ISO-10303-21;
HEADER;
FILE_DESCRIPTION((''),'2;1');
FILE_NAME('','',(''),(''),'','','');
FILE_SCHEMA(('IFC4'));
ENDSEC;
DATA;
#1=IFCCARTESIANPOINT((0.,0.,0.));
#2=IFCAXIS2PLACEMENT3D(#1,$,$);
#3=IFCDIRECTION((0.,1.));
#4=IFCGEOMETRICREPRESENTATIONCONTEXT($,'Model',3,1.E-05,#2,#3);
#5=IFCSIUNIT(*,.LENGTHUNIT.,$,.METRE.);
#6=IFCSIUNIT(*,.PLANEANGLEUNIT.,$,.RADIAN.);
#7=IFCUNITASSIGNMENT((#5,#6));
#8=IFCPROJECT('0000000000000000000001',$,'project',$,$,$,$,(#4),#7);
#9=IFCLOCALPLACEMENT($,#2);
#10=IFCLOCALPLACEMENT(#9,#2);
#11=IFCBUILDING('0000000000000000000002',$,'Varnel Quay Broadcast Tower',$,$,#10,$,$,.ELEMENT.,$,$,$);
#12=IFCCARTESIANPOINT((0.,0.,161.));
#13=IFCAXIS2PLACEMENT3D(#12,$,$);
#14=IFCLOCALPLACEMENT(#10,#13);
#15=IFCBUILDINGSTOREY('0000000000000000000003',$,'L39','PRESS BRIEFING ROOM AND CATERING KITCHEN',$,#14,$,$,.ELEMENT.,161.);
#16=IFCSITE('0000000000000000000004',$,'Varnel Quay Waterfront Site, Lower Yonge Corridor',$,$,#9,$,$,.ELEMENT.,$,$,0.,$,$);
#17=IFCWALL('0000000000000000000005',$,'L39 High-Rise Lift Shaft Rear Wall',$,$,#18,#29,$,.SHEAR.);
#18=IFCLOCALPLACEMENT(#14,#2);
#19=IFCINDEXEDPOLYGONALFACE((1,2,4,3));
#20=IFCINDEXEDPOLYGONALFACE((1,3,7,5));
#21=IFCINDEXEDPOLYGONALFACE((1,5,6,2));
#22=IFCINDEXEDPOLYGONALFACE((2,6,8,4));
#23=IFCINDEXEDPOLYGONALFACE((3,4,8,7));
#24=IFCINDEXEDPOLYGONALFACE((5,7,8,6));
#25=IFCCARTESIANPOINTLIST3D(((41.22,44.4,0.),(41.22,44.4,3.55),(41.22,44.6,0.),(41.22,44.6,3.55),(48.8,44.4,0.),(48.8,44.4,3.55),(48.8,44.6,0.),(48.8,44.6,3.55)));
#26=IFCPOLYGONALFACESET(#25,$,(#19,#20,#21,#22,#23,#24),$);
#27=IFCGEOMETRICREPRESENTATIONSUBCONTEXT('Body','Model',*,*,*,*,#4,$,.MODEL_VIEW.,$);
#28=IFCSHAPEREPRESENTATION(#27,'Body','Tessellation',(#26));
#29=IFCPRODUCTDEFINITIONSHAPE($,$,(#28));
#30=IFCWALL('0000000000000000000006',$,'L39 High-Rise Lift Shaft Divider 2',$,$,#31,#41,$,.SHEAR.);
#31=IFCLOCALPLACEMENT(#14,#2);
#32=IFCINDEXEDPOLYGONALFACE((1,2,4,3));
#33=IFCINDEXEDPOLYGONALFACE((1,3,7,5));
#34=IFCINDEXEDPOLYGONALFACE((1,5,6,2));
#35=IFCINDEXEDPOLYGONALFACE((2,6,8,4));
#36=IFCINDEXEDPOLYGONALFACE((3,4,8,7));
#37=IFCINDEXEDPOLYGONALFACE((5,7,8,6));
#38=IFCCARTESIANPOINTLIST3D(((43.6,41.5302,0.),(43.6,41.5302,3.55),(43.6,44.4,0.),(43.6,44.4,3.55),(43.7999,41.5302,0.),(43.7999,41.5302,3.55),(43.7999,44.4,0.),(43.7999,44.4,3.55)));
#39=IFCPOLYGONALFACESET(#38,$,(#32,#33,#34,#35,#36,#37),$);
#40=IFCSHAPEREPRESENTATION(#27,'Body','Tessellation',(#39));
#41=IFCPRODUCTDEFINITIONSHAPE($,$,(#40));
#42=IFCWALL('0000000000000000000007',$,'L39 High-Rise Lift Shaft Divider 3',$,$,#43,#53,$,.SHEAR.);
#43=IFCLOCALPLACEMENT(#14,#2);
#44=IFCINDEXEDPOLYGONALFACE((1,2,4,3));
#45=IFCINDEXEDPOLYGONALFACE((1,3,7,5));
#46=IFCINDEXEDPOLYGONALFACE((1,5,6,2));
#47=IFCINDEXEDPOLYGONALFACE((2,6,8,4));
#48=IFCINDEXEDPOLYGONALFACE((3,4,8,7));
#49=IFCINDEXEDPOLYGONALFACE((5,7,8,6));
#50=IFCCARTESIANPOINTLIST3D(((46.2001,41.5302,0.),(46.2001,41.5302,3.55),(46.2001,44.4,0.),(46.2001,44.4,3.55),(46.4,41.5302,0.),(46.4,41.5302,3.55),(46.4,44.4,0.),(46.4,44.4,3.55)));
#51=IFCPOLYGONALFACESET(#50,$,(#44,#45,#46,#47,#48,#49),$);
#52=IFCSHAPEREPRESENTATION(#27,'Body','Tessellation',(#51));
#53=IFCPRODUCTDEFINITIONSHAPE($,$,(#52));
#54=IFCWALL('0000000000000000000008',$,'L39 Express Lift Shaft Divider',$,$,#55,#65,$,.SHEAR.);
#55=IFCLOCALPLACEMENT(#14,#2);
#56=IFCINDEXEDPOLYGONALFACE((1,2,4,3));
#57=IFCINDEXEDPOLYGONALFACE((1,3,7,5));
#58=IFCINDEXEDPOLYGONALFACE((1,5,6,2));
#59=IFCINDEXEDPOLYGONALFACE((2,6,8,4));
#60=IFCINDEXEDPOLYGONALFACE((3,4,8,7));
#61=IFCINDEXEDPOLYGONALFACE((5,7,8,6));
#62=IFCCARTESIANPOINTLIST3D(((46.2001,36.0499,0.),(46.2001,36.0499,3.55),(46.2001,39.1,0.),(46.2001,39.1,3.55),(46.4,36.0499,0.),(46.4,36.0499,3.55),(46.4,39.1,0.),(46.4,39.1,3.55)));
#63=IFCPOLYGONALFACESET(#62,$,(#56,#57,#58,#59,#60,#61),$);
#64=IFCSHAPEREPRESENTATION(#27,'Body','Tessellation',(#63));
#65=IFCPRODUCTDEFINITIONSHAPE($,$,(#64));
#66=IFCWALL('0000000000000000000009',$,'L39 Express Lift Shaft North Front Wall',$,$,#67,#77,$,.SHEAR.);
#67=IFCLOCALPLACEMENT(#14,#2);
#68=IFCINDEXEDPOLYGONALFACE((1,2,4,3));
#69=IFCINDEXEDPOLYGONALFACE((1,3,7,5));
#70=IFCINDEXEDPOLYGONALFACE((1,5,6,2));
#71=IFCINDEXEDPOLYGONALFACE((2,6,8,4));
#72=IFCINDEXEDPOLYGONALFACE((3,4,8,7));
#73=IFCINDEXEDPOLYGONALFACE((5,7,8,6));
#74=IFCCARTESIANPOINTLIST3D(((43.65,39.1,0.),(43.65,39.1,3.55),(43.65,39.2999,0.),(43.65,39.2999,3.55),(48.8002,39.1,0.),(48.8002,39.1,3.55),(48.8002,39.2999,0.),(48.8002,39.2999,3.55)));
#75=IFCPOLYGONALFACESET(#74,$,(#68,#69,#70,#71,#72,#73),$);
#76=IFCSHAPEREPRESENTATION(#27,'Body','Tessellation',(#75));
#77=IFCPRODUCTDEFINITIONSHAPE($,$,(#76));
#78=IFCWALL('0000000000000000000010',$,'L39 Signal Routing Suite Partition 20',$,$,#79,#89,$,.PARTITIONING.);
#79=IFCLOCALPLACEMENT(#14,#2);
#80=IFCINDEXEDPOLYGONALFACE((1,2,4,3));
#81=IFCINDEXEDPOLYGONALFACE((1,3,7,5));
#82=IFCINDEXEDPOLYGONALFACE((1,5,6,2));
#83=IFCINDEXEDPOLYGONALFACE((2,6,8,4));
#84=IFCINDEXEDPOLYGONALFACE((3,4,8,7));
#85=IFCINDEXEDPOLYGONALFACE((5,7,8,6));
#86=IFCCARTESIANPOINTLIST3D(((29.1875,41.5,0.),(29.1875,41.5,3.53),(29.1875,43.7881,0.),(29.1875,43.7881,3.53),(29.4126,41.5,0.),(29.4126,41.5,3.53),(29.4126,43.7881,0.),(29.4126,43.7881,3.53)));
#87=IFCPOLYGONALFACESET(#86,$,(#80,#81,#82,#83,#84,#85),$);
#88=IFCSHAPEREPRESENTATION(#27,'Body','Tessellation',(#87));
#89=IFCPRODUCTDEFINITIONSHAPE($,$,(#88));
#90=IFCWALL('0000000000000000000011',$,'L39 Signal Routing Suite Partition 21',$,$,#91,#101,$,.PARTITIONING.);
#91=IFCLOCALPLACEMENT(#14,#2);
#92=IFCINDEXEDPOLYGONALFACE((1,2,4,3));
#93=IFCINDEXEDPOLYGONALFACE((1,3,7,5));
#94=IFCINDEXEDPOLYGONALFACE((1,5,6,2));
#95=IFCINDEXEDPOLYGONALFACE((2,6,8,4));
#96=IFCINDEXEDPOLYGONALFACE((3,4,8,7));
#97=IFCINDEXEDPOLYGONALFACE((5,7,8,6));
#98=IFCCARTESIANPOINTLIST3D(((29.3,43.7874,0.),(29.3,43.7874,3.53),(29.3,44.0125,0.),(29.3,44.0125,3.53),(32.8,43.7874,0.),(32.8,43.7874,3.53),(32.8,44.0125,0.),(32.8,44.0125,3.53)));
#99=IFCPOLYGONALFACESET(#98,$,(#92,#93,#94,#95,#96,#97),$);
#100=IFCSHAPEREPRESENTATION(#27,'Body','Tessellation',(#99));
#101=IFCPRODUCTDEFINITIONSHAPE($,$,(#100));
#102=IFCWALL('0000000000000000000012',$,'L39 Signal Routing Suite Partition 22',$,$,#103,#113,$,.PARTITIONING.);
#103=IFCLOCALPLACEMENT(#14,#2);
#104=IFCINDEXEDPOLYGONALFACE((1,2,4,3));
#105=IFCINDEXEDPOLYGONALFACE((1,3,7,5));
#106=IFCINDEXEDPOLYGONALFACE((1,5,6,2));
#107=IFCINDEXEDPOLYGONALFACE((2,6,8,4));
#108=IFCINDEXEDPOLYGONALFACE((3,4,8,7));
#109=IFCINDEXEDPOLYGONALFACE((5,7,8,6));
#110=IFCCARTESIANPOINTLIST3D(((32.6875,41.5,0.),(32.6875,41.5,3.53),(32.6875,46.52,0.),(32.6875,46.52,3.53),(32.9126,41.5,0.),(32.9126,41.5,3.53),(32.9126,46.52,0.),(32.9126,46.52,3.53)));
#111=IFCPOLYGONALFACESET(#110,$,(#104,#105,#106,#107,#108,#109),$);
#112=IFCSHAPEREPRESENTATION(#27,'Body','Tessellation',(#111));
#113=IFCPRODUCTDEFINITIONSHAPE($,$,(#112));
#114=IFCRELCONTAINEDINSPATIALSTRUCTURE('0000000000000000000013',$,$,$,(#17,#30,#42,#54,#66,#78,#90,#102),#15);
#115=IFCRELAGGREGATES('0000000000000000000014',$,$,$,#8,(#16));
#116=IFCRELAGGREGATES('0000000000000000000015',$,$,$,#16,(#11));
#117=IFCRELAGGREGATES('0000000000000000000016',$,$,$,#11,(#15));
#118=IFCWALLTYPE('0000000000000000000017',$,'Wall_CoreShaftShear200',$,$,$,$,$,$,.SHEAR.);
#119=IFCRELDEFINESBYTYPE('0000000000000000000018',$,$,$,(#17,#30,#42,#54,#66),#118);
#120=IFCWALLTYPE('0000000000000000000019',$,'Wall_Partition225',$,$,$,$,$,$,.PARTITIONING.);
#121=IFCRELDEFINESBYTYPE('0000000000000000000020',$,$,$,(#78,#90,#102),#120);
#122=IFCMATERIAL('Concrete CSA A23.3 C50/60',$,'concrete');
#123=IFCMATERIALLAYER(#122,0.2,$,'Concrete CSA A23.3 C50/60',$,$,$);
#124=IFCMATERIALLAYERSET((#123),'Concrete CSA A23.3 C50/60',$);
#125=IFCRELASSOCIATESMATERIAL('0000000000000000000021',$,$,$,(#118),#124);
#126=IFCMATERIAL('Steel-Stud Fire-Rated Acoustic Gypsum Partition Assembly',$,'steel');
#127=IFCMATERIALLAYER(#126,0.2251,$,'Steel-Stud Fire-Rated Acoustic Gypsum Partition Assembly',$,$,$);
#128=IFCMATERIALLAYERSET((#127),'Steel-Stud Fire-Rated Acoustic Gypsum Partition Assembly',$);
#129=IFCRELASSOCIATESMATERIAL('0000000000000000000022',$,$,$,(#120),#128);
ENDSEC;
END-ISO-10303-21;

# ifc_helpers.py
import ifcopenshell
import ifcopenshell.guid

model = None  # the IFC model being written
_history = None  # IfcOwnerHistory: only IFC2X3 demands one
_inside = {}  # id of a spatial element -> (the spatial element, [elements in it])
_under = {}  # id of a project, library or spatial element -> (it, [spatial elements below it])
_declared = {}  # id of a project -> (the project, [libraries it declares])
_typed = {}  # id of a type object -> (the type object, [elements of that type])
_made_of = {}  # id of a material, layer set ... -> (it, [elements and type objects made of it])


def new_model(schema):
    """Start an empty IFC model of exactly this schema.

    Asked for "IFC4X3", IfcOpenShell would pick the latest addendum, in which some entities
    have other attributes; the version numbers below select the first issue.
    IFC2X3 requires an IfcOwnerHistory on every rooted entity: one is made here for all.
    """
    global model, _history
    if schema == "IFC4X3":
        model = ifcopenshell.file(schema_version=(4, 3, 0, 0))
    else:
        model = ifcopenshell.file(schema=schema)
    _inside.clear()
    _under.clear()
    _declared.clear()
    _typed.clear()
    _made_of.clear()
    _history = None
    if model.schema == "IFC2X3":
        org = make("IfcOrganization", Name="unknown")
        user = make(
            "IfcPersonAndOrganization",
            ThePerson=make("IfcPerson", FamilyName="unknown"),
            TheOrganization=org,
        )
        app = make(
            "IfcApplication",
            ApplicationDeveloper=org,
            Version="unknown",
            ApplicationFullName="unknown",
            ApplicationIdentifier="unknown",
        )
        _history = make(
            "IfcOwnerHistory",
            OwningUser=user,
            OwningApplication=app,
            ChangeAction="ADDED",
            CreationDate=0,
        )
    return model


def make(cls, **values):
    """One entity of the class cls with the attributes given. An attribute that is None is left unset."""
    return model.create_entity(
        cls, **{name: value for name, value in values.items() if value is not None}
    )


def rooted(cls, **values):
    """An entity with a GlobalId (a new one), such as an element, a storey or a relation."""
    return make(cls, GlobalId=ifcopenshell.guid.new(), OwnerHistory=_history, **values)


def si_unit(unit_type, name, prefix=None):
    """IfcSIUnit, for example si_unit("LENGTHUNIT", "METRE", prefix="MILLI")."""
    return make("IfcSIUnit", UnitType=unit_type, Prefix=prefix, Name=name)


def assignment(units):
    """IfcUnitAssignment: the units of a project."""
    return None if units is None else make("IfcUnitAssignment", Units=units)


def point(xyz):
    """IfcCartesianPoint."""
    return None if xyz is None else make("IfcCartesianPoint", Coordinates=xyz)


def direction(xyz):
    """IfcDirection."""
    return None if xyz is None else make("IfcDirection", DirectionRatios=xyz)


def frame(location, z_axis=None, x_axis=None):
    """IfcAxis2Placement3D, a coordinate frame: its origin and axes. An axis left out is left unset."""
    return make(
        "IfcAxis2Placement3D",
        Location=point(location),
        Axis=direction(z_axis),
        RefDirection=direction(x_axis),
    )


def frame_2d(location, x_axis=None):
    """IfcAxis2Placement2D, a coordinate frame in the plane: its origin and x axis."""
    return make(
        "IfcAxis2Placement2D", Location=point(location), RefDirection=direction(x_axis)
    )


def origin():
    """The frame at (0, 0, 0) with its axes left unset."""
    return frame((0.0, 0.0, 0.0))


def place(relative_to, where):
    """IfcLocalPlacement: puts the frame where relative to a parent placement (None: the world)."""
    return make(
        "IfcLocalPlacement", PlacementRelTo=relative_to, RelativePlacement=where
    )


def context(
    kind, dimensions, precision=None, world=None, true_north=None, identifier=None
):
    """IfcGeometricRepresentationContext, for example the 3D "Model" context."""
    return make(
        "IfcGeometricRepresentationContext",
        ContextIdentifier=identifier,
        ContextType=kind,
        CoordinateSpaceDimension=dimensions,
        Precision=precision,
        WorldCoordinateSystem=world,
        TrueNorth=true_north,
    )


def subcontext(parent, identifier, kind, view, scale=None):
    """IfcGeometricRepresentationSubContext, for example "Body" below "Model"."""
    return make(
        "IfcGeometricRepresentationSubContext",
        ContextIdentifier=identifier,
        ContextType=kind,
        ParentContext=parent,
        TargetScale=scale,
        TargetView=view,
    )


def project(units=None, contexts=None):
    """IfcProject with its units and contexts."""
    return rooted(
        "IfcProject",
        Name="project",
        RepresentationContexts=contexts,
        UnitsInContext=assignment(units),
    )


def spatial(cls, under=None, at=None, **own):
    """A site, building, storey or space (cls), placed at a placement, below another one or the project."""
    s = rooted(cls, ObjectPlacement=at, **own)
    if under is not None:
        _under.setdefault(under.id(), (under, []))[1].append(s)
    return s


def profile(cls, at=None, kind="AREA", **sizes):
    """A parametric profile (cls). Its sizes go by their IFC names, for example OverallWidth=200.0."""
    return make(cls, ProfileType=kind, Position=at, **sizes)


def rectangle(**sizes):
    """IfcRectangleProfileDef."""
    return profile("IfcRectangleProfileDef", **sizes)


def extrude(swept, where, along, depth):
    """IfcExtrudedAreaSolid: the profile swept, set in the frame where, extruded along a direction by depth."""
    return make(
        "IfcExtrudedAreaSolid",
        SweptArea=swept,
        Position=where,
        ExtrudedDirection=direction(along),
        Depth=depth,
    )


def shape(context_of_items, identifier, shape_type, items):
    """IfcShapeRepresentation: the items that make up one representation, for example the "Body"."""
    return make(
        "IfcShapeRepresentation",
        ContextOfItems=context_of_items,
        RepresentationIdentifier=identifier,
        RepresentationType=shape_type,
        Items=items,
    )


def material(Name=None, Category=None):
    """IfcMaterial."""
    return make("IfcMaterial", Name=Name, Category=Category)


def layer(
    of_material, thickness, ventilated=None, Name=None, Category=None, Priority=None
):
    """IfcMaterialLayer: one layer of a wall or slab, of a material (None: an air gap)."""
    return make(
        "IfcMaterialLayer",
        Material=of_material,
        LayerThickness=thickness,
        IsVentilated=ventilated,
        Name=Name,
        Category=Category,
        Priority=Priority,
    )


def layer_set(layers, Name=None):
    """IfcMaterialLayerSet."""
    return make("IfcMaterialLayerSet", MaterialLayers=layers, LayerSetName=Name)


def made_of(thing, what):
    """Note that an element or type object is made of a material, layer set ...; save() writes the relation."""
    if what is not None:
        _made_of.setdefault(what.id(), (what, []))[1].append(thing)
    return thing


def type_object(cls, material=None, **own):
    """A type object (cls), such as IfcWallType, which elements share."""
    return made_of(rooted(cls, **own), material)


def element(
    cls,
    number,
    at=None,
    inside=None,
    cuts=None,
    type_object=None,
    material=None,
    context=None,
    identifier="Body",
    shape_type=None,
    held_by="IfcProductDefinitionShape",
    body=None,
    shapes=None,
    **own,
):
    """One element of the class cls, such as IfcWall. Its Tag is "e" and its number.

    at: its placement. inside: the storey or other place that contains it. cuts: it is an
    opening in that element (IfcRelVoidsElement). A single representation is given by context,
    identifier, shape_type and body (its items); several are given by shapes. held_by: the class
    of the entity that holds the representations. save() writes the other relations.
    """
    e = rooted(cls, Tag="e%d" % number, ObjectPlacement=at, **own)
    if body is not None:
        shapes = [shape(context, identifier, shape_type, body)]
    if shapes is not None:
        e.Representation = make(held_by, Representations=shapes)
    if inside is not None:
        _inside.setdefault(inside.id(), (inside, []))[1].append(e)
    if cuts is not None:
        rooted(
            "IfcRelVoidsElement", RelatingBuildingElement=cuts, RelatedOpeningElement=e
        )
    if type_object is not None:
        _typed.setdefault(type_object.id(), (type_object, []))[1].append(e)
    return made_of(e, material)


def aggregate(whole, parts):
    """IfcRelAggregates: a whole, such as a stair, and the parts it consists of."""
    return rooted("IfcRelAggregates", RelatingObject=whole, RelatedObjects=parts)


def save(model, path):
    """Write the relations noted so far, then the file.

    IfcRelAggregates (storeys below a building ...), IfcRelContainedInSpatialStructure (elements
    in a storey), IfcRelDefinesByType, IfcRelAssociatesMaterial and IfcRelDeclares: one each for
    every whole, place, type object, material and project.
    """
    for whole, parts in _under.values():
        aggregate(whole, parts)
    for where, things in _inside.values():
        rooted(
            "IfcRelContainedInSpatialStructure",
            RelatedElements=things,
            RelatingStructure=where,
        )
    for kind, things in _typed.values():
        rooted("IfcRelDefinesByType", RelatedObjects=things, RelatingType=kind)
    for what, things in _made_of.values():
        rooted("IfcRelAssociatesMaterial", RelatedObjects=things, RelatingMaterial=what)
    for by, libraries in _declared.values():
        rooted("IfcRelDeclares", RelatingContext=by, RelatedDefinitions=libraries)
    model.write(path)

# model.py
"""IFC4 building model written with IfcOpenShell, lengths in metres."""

from ifc_helpers import new_model, si_unit, direction, frame, frame_2d, origin, place, context, subcontext, project, spatial, rectangle, extrude, material, layer, layer_set, type_object, element, save


model = new_model("IFC4")

# Units and contexts
model_context = context("Model", 3, precision=1e-05, world=origin(), true_north=direction((0.0, 1.0)))
body_context = subcontext(model_context, "Body", "Model", "MODEL_VIEW")
ifc_project = project(units=[si_unit("LENGTHUNIT", "METRE"), si_unit("PLANEANGLEUNIT", "RADIAN")], contexts=[model_context])

# Site, building, storey
site_placement = place(None, origin())
site = spatial("IfcSite", under=ifc_project, at=site_placement, Name="Varnel Quay Waterfront Site, Lower Yonge Corridor", CompositionType="ELEMENT", RefElevation=0.0)
building_placement = place(site_placement, origin())
building = spatial("IfcBuilding", under=site, at=building_placement, Name="Varnel Quay Broadcast Tower", CompositionType="ELEMENT")
storey_placement = place(building_placement, frame((0.0, 0.0, 161.0)))
storey = spatial("IfcBuildingStorey", under=building, at=storey_placement, Name="L39", Description="PRESS BRIEFING ROOM AND CATERING KITCHEN", CompositionType="ELEMENT", Elevation=161.0)

# Walls
ifc_material_1 = material(Name="Concrete CSA A23.3 C50/60", Category="concrete")
ifc_layer_1 = layer(ifc_material_1, 0.2, Name="Concrete CSA A23.3 C50/60")
ifc_layer_set_1 = layer_set([ifc_layer_1], Name="Concrete CSA A23.3 C50/60")
wall_type_1 = type_object("IfcWallType", Name="Wall_CoreShaftShear200", PredefinedType="SHEAR", material=ifc_layer_set_1)
wall_1_placement = place(storey_placement, frame((41.22, 44.5, 0.0), z_axis=(0.0, 0.0, 1.0), x_axis=(1.0, 0.0, 0.0)))
element("IfcWall", 1, at=wall_1_placement, inside=storey, type_object=wall_type_1, Name="L39 High-Rise Lift Shaft Rear Wall", PredefinedType="SHEAR", context=body_context, shape_type="SweptSolid", body=[
    extrude(rectangle(XDim=7.5801, YDim=0.2, at=frame_2d((3.79, 0.0))), origin(), (0.0, 0.0, 1.0), 3.55),
])
for number, where, z_axis, x_axis, name in (
    (2, (43.7, 41.53, 0.0), (0.0, 0.0, 1.0), (0.0, 1.0, 0.0), "L39 High-Rise Lift Shaft Divider 2"),
    (3, (46.3, 41.53, 0.0), (0.0, 0.0, 1.0), (0.0, 1.0, 0.0), "L39 High-Rise Lift Shaft Divider 3"),
):
    element("IfcWall", number, at=place(storey_placement, frame(where, z_axis=z_axis, x_axis=x_axis)), inside=storey, type_object=wall_type_1, Name=name, PredefinedType="SHEAR", context=body_context, shape_type="SweptSolid", body=[
        extrude(rectangle(XDim=2.8699, YDim=0.2, at=frame_2d((1.4351, 0.0))), origin(), (0.0, 0.0, 1.0), 3.55),
    ])
wall_2_placement = place(storey_placement, frame((46.3, 36.05, 0.0), z_axis=(0.0, 0.0, 1.0), x_axis=(0.0, 1.0, 0.0)))
element("IfcWall", 4, at=wall_2_placement, inside=storey, type_object=wall_type_1, Name="L39 Express Lift Shaft Divider", PredefinedType="SHEAR", context=body_context, shape_type="SweptSolid", body=[
    extrude(rectangle(XDim=3.05, YDim=0.2, at=frame_2d((1.5249, 0.0))), origin(), (0.0, 0.0, 1.0), 3.55),
])
wall_3_placement = place(storey_placement, frame((43.6499, 39.2, 0.0), z_axis=(0.0, 0.0, 1.0), x_axis=(1.0, 0.0, 0.0)))
element("IfcWall", 5, at=wall_3_placement, inside=storey, type_object=wall_type_1, Name="L39 Express Lift Shaft North Front Wall", PredefinedType="SHEAR", context=body_context, shape_type="SweptSolid", body=[
    extrude(rectangle(XDim=5.1501, YDim=0.2, at=frame_2d((2.5752, 0.0))), origin(), (0.0, 0.0, 1.0), 3.55),
])
ifc_material_2 = material(Name="Steel-Stud Fire-Rated Acoustic Gypsum Partition Assembly", Category="steel")
ifc_layer_2 = layer(ifc_material_2, 0.2251, Name="Steel-Stud Fire-Rated Acoustic Gypsum Partition Assembly")
ifc_layer_set_2 = layer_set([ifc_layer_2], Name="Steel-Stud Fire-Rated Acoustic Gypsum Partition Assembly")
wall_type_2 = type_object("IfcWallType", Name="Wall_Partition225", PredefinedType="PARTITIONING", material=ifc_layer_set_2)
wall_4_placement = place(storey_placement, frame((29.3, 41.5, 0.0), z_axis=(0.0, 0.0, 1.0), x_axis=(0.0, 1.0, 0.0)))
element("IfcWall", 6, at=wall_4_placement, inside=storey, type_object=wall_type_2, Name="L39 Signal Routing Suite Partition 20", PredefinedType="PARTITIONING", context=body_context, shape_type="SweptSolid", body=[
    extrude(rectangle(XDim=2.2881, YDim=0.2251, at=frame_2d((1.144, 0.0))), origin(), (0.0, 0.0, 1.0), 3.53),
])
wall_5_placement = place(storey_placement, frame((29.3, 43.8999, 0.0), z_axis=(0.0, 0.0, 1.0), x_axis=(1.0, 0.0, 0.0)))
element("IfcWall", 7, at=wall_5_placement, inside=storey, type_object=wall_type_2, Name="L39 Signal Routing Suite Partition 21", PredefinedType="PARTITIONING", context=body_context, shape_type="SweptSolid", body=[
    extrude(rectangle(XDim=3.5, YDim=0.2251, at=frame_2d((1.75, 0.0))), origin(), (0.0, 0.0, 1.0), 3.53),
])
wall_6_placement = place(storey_placement, frame((32.8, 41.5, 0.0), z_axis=(0.0, 0.0, 1.0), x_axis=(0.0, 1.0, 0.0)))
element("IfcWall", 8, at=wall_6_placement, inside=storey, type_object=wall_type_2, Name="L39 Signal Routing Suite Partition 22", PredefinedType="PARTITIONING", context=body_context, shape_type="SweptSolid", body=[
    extrude(rectangle(XDim=5.02, YDim=0.2251, at=frame_2d((2.51, 0.0))), origin(), (0.0, 0.0, 1.0), 3.53),
])

save(model, "model.ifc")
